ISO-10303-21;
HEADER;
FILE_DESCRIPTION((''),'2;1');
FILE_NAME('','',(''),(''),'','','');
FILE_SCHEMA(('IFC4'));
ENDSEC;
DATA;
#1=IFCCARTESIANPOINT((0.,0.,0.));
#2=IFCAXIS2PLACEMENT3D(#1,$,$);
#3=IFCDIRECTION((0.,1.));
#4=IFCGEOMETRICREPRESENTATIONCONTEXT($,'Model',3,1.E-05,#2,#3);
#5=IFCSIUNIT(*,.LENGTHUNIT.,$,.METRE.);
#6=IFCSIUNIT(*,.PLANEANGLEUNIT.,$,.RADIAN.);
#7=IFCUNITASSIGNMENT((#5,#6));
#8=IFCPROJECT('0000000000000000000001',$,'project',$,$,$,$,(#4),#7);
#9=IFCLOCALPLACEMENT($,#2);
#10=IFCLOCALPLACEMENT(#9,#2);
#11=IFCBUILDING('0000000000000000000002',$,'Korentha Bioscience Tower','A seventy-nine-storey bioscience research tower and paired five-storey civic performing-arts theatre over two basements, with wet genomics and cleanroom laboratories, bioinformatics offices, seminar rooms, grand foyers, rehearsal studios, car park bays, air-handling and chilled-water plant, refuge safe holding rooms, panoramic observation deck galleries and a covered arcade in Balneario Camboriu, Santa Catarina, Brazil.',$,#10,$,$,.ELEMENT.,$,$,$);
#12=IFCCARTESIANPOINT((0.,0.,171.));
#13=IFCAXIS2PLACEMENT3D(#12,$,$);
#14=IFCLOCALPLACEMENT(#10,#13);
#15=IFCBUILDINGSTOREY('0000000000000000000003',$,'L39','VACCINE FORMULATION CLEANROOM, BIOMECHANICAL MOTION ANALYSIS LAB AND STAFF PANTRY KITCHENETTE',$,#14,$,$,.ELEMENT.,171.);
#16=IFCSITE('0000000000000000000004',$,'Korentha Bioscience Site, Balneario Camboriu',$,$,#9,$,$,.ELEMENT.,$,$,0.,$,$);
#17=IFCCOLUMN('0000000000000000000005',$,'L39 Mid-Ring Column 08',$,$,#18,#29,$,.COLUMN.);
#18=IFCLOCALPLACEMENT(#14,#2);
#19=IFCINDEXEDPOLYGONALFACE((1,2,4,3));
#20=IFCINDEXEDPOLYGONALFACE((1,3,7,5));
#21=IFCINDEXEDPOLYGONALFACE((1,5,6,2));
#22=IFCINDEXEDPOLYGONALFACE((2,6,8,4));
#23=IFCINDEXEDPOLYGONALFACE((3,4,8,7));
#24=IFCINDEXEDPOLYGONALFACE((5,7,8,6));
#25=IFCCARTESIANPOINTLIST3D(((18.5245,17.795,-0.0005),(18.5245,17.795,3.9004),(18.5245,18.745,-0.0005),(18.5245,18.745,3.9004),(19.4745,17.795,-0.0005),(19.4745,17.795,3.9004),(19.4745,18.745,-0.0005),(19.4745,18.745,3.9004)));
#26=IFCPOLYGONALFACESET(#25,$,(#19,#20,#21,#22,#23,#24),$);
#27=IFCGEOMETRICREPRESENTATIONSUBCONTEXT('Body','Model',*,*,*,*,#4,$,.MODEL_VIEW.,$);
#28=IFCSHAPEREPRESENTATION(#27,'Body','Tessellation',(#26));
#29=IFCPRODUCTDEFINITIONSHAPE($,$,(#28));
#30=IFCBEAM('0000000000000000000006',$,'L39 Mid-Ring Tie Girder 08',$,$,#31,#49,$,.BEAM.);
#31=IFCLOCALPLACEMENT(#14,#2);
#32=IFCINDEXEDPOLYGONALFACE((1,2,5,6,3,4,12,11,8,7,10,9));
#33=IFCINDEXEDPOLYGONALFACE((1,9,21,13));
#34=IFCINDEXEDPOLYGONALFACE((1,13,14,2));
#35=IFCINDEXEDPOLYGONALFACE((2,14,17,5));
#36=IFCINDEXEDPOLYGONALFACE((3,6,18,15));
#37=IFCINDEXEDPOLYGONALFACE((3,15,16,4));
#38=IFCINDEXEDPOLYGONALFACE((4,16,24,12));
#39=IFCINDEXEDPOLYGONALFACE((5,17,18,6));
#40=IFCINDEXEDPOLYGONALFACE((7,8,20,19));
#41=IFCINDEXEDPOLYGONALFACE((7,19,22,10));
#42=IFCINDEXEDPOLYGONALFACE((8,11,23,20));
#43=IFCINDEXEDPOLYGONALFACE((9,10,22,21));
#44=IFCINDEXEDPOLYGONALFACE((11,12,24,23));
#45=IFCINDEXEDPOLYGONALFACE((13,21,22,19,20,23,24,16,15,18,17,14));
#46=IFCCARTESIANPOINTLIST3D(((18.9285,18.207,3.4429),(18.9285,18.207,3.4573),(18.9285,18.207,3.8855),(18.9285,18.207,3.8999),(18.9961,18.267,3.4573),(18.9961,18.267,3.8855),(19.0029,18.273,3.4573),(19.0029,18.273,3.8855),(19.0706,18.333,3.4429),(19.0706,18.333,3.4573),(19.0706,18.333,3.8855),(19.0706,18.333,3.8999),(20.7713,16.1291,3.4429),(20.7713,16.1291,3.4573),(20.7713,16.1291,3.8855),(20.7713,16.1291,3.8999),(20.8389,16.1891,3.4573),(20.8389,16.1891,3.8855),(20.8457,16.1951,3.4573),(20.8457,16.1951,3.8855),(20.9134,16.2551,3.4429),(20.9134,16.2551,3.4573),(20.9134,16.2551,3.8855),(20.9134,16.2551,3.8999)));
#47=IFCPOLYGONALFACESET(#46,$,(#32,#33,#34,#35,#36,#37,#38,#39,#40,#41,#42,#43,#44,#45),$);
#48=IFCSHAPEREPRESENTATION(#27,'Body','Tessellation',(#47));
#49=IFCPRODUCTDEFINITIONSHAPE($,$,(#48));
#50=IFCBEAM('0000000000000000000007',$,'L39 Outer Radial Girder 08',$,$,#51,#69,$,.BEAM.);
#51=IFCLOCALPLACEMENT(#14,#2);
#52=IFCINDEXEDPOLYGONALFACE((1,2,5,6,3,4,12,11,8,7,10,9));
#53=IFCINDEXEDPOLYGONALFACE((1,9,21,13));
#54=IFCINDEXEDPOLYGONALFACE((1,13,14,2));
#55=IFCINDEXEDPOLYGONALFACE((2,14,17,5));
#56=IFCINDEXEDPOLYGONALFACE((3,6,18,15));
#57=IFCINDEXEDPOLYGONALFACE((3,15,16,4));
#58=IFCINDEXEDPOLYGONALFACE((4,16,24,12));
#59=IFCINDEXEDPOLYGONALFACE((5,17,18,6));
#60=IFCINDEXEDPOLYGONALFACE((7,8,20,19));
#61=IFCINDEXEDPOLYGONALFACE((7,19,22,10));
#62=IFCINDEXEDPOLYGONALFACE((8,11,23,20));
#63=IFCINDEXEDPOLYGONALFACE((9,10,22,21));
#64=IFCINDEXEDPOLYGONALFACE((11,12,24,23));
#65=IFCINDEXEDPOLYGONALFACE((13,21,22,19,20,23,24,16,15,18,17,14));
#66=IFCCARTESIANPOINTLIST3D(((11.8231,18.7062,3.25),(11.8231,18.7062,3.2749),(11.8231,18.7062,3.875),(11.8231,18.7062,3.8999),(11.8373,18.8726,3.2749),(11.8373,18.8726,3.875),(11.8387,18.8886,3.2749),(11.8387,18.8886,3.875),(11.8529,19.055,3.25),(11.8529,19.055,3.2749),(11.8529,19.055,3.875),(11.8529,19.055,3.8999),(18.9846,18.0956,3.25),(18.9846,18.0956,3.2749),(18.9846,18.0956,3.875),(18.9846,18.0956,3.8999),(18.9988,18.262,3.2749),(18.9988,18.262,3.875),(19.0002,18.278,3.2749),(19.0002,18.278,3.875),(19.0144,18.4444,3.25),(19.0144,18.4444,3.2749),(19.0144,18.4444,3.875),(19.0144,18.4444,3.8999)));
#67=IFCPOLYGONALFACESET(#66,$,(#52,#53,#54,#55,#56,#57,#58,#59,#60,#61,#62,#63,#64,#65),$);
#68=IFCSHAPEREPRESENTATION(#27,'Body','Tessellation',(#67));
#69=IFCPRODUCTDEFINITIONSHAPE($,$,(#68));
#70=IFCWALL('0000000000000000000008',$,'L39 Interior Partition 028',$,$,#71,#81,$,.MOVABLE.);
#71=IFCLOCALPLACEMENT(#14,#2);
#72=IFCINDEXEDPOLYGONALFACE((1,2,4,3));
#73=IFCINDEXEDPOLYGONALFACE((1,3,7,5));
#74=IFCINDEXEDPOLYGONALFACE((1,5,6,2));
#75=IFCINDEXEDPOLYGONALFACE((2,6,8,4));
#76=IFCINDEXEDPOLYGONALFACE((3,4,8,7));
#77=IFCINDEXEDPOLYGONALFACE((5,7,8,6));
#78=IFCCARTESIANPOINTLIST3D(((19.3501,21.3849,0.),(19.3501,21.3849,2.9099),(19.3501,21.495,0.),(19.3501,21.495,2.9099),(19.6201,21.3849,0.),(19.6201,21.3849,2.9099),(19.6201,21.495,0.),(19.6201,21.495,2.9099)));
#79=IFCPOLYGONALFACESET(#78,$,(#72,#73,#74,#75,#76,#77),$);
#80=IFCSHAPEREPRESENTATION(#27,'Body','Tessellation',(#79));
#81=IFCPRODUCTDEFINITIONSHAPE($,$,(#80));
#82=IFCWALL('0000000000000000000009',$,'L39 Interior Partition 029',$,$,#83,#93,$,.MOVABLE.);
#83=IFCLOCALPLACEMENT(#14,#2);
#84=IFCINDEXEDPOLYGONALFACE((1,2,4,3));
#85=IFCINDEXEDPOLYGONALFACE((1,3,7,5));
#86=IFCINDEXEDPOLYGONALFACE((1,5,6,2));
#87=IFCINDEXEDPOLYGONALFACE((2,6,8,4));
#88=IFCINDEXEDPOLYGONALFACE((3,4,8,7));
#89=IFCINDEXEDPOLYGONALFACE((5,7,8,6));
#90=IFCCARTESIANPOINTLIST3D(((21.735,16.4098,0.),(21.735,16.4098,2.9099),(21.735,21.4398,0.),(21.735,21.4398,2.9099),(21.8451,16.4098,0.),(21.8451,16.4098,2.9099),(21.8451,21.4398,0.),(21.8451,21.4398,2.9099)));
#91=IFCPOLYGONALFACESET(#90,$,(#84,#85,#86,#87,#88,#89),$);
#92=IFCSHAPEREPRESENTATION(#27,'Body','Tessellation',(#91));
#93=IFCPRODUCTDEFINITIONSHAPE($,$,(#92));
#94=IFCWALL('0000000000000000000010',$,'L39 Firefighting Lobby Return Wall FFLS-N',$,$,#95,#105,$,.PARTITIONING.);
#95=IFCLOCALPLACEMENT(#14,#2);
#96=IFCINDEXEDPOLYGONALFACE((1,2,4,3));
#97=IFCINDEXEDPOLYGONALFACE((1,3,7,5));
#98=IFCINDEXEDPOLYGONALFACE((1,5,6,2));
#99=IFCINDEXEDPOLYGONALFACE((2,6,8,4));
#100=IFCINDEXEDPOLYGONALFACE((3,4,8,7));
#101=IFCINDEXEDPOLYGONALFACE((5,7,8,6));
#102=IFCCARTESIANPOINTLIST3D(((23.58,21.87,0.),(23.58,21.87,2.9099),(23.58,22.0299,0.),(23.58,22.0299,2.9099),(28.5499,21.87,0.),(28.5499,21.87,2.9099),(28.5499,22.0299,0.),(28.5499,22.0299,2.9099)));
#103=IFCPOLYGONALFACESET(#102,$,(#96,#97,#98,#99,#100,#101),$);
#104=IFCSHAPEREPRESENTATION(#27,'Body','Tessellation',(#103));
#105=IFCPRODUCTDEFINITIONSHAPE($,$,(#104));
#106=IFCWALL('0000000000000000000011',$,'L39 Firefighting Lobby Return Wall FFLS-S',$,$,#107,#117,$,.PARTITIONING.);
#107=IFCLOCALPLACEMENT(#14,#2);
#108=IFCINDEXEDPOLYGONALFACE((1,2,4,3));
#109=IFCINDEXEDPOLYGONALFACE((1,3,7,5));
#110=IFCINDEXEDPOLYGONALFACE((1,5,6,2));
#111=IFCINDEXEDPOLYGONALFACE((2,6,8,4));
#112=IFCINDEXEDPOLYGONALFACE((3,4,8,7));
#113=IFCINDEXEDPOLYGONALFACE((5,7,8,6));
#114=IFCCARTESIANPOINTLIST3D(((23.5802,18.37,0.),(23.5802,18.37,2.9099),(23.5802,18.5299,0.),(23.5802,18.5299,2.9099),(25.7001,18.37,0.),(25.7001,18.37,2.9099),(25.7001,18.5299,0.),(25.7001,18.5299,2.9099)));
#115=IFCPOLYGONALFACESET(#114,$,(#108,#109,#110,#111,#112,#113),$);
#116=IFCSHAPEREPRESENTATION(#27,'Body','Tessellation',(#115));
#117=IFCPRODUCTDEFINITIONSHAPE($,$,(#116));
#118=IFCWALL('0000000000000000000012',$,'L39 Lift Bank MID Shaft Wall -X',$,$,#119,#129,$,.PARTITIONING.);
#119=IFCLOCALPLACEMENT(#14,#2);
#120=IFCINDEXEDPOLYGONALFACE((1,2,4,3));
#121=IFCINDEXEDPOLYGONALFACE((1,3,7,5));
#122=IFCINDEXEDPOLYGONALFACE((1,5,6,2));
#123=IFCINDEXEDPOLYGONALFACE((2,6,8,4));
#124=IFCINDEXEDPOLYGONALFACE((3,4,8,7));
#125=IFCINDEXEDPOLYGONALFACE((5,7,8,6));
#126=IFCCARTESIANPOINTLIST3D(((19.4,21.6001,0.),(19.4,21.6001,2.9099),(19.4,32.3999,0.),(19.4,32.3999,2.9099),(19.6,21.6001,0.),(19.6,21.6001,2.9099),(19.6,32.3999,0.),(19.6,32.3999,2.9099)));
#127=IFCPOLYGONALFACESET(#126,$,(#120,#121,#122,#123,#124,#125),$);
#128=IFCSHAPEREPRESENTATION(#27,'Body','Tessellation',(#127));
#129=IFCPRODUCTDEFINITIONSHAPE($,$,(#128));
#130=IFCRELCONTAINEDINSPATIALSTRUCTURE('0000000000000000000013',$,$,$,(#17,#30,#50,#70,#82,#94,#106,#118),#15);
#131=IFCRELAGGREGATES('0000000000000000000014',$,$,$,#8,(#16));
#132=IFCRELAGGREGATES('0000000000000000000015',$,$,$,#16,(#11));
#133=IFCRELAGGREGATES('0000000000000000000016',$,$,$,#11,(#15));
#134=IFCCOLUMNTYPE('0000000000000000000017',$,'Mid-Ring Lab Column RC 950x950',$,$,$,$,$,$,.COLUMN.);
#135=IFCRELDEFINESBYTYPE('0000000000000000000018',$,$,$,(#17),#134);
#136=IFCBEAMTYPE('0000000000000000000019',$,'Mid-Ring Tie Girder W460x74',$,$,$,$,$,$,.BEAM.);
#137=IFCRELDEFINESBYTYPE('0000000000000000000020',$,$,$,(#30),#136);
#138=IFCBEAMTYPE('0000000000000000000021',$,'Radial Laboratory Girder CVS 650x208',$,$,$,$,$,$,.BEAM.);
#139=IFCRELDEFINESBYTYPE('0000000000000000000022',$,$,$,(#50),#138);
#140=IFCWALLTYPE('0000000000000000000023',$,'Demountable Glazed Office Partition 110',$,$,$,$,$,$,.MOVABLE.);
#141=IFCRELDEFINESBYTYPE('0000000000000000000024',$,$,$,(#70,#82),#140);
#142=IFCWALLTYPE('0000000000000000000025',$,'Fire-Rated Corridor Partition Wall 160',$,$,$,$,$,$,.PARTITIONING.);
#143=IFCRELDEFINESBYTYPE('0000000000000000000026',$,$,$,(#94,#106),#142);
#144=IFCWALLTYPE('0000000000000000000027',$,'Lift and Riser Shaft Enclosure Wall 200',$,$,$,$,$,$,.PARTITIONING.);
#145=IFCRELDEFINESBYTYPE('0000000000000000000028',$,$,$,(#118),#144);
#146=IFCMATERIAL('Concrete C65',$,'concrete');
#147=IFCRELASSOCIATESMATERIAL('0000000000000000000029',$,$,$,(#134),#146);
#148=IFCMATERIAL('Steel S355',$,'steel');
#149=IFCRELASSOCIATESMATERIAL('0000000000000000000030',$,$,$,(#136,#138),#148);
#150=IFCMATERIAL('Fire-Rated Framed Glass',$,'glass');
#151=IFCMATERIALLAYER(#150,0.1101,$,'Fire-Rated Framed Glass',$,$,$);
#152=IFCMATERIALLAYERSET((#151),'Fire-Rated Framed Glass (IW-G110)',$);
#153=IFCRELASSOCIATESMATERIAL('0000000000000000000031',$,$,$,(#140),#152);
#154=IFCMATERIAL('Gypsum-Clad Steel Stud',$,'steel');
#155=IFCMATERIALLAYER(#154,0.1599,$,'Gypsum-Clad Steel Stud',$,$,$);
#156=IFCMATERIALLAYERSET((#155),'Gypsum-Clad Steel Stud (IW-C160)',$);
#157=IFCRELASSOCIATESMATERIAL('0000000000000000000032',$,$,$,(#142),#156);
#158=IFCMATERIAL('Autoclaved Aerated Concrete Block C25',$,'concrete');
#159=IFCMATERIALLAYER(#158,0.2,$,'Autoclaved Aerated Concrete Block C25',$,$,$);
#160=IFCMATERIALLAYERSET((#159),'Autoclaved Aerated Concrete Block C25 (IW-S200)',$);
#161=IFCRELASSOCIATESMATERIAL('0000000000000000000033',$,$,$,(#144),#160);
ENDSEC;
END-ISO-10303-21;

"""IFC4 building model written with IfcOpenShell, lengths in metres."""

from ifc_helpers import new_model, si_unit, direction, frame, frame_2d, origin, origin_2d, place, context, subcontext, project, spatial, rectangle, i_section, extrude, material, layer, layer_set, material_profile, profile_set, type_object, element, save


model = new_model("IFC4")

# Units and contexts
model_context = context("Model", 3, precision=1e-05, world=origin(), true_north=direction((0.0, 1.0)))
body_context = subcontext(model_context, "Body", "Model", "MODEL_VIEW")
ifc_project = project(units=[si_unit("LENGTHUNIT", "METRE"), si_unit("PLANEANGLEUNIT", "RADIAN")], contexts=[model_context])

# Site, building, storey
site_placement = place(None, origin())
site = spatial("IfcSite", under=ifc_project, at=site_placement, Name="Korentha Bioscience Site, Balneario Camboriu", CompositionType="ELEMENT", RefElevation=0.0)
building_placement = place(site_placement, origin())
building = spatial("IfcBuilding", under=site, at=building_placement, Name="Korentha Bioscience Tower", Description="A seventy-nine-storey bioscience research tower and paired five-storey civic performing-arts theatre over two basements, with wet genomics and cleanroom laboratories, bioinformatics offices, seminar rooms, grand foyers, rehearsal studios, car park bays, air-handling and chilled-water plant, refuge safe holding rooms, panoramic observation deck galleries and a covered arcade in Balneario Camboriu, Santa Catarina, Brazil.", CompositionType="ELEMENT")
storey_placement = place(building_placement, frame((0.0, 0.0, 171.0)))
storey = spatial("IfcBuildingStorey", under=building, at=storey_placement, Name="L39", Description="VACCINE FORMULATION CLEANROOM, BIOMECHANICAL MOTION ANALYSIS LAB AND STAFF PANTRY KITCHENETTE", CompositionType="ELEMENT", Elevation=171.0)

# Column
ifc_material_1 = material(Name="Concrete C65", Category="concrete")
ifc_material_profile_1 = material_profile(ifc_material_1, rectangle(XDim=0.95, YDim=0.95, at=origin_2d()), Name="Concrete C65")
ifc_profile_set_1 = profile_set([ifc_material_profile_1], Name="Concrete C65 (COL-MR09)")
column_type = type_object("IfcColumnType", Name="Mid-Ring Lab Column RC 950x950", PredefinedType="COLUMN", material=ifc_profile_set_1)
column_placement = place(storey_placement, frame((18.9995, 18.27, -0.0005), z_axis=(0.0, 0.0, 1.0), x_axis=(1.0, 0.0, 0.0)))
element("IfcColumn", 1, at=column_placement, inside=storey, type_object=column_type, Name="L39 Mid-Ring Column 08", PredefinedType="COLUMN", context=body_context, shape_type="SweptSolid", body=[
    extrude(rectangle(XDim=0.95, YDim=0.95, at=origin_2d()), origin(), (0.0, 0.0, 1.0), 3.9009),
])

# Beams
ifc_material_2 = material(Name="Steel S355", Category="steel")
ifc_material_profile_2 = material_profile(ifc_material_2, i_section(OverallWidth=0.1899, OverallDepth=0.457, WebThickness=0.009, FlangeThickness=0.0144, at=origin_2d()), Name="Steel S355")
ifc_profile_set_2 = profile_set([ifc_material_profile_2], Name="Steel S355 (MB-460)")
beam_type_1 = type_object("IfcBeamType", Name="Mid-Ring Tie Girder W460x74", PredefinedType="BEAM", material=ifc_profile_set_2)
beam_1_placement = place(storey_placement, frame((18.9995, 18.27, 3.6714), z_axis=(0.663512, -0.748165, 0.0), x_axis=(0.748165, 0.663512, 0.0)))
element("IfcBeam", 2, at=beam_1_placement, inside=storey, type_object=beam_type_1, Name="L39 Mid-Ring Tie Girder 08", PredefinedType="BEAM", context=body_context, shape_type="SweptSolid", body=[
    extrude(i_section(OverallWidth=0.1899, OverallDepth=0.457, WebThickness=0.009, FlangeThickness=0.0144, at=origin_2d()), origin(), (0.0, 0.0, 1.0), 2.7773),
])
ifc_material_profile_3 = material_profile(ifc_material_2, i_section(OverallWidth=0.3501, OverallDepth=0.6499, WebThickness=0.0161, FlangeThickness=0.0249, at=origin_2d()), Name="Steel S355")
ifc_profile_set_3 = profile_set([ifc_material_profile_3], Name="Steel S355 (RB-650)")
beam_type_2 = type_object("IfcBeamType", Name="Radial Laboratory Girder CVS 650x208", PredefinedType="BEAM", material=ifc_profile_set_3)
beam_2_placement = place(storey_placement, frame((18.9995, 18.27, 3.575), z_axis=(-0.996385, 0.084951, 0.0), x_axis=(-0.084951, -0.996385, 0.0)))
element("IfcBeam", 3, at=beam_2_placement, inside=storey, type_object=beam_type_2, Name="L39 Outer Radial Girder 08", PredefinedType="BEAM", context=body_context, shape_type="SweptSolid", body=[
    extrude(i_section(OverallWidth=0.3501, OverallDepth=0.6499, WebThickness=0.0161, FlangeThickness=0.0249, at=origin_2d()), origin(), (0.0, 0.0, 1.0), 7.1875),
])

# Walls
ifc_material_3 = material(Name="Fire-Rated Framed Glass", Category="glass")
ifc_layer_1 = layer(ifc_material_3, 0.1101, Name="Fire-Rated Framed Glass")
ifc_layer_set_1 = layer_set([ifc_layer_1], Name="Fire-Rated Framed Glass (IW-G110)")
wall_type_1 = type_object("IfcWallType", Name="Demountable Glazed Office Partition 110", PredefinedType="MOVABLE", material=ifc_layer_set_1)
wall_1_placement = place(storey_placement, frame((19.3501, 21.4399, 0.0), z_axis=(0.0, 0.0, 1.0), x_axis=(1.0, 0.0, 0.0)))
element("IfcWall", 4, at=wall_1_placement, inside=storey, type_object=wall_type_1, Name="L39 Interior Partition 028", PredefinedType="MOVABLE", context=body_context, shape_type="SweptSolid", body=[
    extrude(rectangle(XDim=0.27, YDim=0.1101, at=frame_2d((0.135, 0.0))), origin(), (0.0, 0.0, 1.0), 2.9099),
])
wall_2_placement = place(storey_placement, frame((21.79, 21.4399, 0.0), z_axis=(0.0, 0.0, 1.0), x_axis=(0.0, -1.0, 0.0)))
element("IfcWall", 5, at=wall_2_placement, inside=storey, type_object=wall_type_1, Name="L39 Interior Partition 029", PredefinedType="MOVABLE", context=body_context, shape_type="SweptSolid", body=[
    extrude(rectangle(XDim=5.03, YDim=0.1101, at=frame_2d((2.5151, 0.0))), origin(), (0.0, 0.0, 1.0), 2.9099),
])

# Shared definitions
ifc_material_4 = material(Name="Gypsum-Clad Steel Stud", Category="steel")
ifc_layer_2 = layer(ifc_material_4, 0.1599, Name="Gypsum-Clad Steel Stud")
ifc_layer_set_2 = layer_set([ifc_layer_2], Name="Gypsum-Clad Steel Stud (IW-C160)")
wall_type_2 = type_object("IfcWallType", Name="Fire-Rated Corridor Partition Wall 160", PredefinedType="PARTITIONING", material=ifc_layer_set_2)

# Walls
wall_3_placement = place(storey_placement, frame((23.5801, 21.95, 0.0), z_axis=(0.0, 0.0, 1.0), x_axis=(1.0, 0.0, 0.0)))
element("IfcWall", 6, at=wall_3_placement, inside=storey, type_object=wall_type_2, Name="L39 Firefighting Lobby Return Wall FFLS-N", PredefinedType="PARTITIONING", context=body_context, shape_type="SweptSolid", body=[
    extrude(rectangle(XDim=4.97, YDim=0.1599, at=frame_2d((2.4849, 0.0))), origin(), (0.0, 0.0, 1.0), 2.9099),
])
wall_4_placement = place(storey_placement, frame((23.5801, 18.45, 0.0), z_axis=(0.0, 0.0, 1.0), x_axis=(1.0, 0.0, 0.0)))
element("IfcWall", 7, at=wall_4_placement, inside=storey, type_object=wall_type_2, Name="L39 Firefighting Lobby Return Wall FFLS-S", PredefinedType="PARTITIONING", context=body_context, shape_type="SweptSolid", body=[
    extrude(rectangle(XDim=2.1199, YDim=0.1599, at=frame_2d((1.0601, 0.0))), origin(), (0.0, 0.0, 1.0), 2.9099),
])
ifc_material_5 = material(Name="Autoclaved Aerated Concrete Block C25", Category="concrete")
ifc_layer_3 = layer(ifc_material_5, 0.2, Name="Autoclaved Aerated Concrete Block C25")
ifc_layer_set_3 = layer_set([ifc_layer_3], Name="Autoclaved Aerated Concrete Block C25 (IW-S200)")
wall_type_3 = type_object("IfcWallType", Name="Lift and Riser Shaft Enclosure Wall 200", PredefinedType="PARTITIONING", material=ifc_layer_set_3)
wall_5_placement = place(storey_placement, frame((19.5, 21.6001, 0.0), z_axis=(0.0, 0.0, 1.0), x_axis=(0.0, 1.0, 0.0)))
element("IfcWall", 8, at=wall_5_placement, inside=storey, type_object=wall_type_3, Name="L39 Lift Bank MID Shaft Wall -X", PredefinedType="PARTITIONING", context=body_context, shape_type="SweptSolid", body=[
    extrude(rectangle(XDim=10.7998, YDim=0.2, at=frame_2d((5.3999, 0.0))), origin(), (0.0, 0.0, 1.0), 2.9099),
])

save(model, "model.ifc")
